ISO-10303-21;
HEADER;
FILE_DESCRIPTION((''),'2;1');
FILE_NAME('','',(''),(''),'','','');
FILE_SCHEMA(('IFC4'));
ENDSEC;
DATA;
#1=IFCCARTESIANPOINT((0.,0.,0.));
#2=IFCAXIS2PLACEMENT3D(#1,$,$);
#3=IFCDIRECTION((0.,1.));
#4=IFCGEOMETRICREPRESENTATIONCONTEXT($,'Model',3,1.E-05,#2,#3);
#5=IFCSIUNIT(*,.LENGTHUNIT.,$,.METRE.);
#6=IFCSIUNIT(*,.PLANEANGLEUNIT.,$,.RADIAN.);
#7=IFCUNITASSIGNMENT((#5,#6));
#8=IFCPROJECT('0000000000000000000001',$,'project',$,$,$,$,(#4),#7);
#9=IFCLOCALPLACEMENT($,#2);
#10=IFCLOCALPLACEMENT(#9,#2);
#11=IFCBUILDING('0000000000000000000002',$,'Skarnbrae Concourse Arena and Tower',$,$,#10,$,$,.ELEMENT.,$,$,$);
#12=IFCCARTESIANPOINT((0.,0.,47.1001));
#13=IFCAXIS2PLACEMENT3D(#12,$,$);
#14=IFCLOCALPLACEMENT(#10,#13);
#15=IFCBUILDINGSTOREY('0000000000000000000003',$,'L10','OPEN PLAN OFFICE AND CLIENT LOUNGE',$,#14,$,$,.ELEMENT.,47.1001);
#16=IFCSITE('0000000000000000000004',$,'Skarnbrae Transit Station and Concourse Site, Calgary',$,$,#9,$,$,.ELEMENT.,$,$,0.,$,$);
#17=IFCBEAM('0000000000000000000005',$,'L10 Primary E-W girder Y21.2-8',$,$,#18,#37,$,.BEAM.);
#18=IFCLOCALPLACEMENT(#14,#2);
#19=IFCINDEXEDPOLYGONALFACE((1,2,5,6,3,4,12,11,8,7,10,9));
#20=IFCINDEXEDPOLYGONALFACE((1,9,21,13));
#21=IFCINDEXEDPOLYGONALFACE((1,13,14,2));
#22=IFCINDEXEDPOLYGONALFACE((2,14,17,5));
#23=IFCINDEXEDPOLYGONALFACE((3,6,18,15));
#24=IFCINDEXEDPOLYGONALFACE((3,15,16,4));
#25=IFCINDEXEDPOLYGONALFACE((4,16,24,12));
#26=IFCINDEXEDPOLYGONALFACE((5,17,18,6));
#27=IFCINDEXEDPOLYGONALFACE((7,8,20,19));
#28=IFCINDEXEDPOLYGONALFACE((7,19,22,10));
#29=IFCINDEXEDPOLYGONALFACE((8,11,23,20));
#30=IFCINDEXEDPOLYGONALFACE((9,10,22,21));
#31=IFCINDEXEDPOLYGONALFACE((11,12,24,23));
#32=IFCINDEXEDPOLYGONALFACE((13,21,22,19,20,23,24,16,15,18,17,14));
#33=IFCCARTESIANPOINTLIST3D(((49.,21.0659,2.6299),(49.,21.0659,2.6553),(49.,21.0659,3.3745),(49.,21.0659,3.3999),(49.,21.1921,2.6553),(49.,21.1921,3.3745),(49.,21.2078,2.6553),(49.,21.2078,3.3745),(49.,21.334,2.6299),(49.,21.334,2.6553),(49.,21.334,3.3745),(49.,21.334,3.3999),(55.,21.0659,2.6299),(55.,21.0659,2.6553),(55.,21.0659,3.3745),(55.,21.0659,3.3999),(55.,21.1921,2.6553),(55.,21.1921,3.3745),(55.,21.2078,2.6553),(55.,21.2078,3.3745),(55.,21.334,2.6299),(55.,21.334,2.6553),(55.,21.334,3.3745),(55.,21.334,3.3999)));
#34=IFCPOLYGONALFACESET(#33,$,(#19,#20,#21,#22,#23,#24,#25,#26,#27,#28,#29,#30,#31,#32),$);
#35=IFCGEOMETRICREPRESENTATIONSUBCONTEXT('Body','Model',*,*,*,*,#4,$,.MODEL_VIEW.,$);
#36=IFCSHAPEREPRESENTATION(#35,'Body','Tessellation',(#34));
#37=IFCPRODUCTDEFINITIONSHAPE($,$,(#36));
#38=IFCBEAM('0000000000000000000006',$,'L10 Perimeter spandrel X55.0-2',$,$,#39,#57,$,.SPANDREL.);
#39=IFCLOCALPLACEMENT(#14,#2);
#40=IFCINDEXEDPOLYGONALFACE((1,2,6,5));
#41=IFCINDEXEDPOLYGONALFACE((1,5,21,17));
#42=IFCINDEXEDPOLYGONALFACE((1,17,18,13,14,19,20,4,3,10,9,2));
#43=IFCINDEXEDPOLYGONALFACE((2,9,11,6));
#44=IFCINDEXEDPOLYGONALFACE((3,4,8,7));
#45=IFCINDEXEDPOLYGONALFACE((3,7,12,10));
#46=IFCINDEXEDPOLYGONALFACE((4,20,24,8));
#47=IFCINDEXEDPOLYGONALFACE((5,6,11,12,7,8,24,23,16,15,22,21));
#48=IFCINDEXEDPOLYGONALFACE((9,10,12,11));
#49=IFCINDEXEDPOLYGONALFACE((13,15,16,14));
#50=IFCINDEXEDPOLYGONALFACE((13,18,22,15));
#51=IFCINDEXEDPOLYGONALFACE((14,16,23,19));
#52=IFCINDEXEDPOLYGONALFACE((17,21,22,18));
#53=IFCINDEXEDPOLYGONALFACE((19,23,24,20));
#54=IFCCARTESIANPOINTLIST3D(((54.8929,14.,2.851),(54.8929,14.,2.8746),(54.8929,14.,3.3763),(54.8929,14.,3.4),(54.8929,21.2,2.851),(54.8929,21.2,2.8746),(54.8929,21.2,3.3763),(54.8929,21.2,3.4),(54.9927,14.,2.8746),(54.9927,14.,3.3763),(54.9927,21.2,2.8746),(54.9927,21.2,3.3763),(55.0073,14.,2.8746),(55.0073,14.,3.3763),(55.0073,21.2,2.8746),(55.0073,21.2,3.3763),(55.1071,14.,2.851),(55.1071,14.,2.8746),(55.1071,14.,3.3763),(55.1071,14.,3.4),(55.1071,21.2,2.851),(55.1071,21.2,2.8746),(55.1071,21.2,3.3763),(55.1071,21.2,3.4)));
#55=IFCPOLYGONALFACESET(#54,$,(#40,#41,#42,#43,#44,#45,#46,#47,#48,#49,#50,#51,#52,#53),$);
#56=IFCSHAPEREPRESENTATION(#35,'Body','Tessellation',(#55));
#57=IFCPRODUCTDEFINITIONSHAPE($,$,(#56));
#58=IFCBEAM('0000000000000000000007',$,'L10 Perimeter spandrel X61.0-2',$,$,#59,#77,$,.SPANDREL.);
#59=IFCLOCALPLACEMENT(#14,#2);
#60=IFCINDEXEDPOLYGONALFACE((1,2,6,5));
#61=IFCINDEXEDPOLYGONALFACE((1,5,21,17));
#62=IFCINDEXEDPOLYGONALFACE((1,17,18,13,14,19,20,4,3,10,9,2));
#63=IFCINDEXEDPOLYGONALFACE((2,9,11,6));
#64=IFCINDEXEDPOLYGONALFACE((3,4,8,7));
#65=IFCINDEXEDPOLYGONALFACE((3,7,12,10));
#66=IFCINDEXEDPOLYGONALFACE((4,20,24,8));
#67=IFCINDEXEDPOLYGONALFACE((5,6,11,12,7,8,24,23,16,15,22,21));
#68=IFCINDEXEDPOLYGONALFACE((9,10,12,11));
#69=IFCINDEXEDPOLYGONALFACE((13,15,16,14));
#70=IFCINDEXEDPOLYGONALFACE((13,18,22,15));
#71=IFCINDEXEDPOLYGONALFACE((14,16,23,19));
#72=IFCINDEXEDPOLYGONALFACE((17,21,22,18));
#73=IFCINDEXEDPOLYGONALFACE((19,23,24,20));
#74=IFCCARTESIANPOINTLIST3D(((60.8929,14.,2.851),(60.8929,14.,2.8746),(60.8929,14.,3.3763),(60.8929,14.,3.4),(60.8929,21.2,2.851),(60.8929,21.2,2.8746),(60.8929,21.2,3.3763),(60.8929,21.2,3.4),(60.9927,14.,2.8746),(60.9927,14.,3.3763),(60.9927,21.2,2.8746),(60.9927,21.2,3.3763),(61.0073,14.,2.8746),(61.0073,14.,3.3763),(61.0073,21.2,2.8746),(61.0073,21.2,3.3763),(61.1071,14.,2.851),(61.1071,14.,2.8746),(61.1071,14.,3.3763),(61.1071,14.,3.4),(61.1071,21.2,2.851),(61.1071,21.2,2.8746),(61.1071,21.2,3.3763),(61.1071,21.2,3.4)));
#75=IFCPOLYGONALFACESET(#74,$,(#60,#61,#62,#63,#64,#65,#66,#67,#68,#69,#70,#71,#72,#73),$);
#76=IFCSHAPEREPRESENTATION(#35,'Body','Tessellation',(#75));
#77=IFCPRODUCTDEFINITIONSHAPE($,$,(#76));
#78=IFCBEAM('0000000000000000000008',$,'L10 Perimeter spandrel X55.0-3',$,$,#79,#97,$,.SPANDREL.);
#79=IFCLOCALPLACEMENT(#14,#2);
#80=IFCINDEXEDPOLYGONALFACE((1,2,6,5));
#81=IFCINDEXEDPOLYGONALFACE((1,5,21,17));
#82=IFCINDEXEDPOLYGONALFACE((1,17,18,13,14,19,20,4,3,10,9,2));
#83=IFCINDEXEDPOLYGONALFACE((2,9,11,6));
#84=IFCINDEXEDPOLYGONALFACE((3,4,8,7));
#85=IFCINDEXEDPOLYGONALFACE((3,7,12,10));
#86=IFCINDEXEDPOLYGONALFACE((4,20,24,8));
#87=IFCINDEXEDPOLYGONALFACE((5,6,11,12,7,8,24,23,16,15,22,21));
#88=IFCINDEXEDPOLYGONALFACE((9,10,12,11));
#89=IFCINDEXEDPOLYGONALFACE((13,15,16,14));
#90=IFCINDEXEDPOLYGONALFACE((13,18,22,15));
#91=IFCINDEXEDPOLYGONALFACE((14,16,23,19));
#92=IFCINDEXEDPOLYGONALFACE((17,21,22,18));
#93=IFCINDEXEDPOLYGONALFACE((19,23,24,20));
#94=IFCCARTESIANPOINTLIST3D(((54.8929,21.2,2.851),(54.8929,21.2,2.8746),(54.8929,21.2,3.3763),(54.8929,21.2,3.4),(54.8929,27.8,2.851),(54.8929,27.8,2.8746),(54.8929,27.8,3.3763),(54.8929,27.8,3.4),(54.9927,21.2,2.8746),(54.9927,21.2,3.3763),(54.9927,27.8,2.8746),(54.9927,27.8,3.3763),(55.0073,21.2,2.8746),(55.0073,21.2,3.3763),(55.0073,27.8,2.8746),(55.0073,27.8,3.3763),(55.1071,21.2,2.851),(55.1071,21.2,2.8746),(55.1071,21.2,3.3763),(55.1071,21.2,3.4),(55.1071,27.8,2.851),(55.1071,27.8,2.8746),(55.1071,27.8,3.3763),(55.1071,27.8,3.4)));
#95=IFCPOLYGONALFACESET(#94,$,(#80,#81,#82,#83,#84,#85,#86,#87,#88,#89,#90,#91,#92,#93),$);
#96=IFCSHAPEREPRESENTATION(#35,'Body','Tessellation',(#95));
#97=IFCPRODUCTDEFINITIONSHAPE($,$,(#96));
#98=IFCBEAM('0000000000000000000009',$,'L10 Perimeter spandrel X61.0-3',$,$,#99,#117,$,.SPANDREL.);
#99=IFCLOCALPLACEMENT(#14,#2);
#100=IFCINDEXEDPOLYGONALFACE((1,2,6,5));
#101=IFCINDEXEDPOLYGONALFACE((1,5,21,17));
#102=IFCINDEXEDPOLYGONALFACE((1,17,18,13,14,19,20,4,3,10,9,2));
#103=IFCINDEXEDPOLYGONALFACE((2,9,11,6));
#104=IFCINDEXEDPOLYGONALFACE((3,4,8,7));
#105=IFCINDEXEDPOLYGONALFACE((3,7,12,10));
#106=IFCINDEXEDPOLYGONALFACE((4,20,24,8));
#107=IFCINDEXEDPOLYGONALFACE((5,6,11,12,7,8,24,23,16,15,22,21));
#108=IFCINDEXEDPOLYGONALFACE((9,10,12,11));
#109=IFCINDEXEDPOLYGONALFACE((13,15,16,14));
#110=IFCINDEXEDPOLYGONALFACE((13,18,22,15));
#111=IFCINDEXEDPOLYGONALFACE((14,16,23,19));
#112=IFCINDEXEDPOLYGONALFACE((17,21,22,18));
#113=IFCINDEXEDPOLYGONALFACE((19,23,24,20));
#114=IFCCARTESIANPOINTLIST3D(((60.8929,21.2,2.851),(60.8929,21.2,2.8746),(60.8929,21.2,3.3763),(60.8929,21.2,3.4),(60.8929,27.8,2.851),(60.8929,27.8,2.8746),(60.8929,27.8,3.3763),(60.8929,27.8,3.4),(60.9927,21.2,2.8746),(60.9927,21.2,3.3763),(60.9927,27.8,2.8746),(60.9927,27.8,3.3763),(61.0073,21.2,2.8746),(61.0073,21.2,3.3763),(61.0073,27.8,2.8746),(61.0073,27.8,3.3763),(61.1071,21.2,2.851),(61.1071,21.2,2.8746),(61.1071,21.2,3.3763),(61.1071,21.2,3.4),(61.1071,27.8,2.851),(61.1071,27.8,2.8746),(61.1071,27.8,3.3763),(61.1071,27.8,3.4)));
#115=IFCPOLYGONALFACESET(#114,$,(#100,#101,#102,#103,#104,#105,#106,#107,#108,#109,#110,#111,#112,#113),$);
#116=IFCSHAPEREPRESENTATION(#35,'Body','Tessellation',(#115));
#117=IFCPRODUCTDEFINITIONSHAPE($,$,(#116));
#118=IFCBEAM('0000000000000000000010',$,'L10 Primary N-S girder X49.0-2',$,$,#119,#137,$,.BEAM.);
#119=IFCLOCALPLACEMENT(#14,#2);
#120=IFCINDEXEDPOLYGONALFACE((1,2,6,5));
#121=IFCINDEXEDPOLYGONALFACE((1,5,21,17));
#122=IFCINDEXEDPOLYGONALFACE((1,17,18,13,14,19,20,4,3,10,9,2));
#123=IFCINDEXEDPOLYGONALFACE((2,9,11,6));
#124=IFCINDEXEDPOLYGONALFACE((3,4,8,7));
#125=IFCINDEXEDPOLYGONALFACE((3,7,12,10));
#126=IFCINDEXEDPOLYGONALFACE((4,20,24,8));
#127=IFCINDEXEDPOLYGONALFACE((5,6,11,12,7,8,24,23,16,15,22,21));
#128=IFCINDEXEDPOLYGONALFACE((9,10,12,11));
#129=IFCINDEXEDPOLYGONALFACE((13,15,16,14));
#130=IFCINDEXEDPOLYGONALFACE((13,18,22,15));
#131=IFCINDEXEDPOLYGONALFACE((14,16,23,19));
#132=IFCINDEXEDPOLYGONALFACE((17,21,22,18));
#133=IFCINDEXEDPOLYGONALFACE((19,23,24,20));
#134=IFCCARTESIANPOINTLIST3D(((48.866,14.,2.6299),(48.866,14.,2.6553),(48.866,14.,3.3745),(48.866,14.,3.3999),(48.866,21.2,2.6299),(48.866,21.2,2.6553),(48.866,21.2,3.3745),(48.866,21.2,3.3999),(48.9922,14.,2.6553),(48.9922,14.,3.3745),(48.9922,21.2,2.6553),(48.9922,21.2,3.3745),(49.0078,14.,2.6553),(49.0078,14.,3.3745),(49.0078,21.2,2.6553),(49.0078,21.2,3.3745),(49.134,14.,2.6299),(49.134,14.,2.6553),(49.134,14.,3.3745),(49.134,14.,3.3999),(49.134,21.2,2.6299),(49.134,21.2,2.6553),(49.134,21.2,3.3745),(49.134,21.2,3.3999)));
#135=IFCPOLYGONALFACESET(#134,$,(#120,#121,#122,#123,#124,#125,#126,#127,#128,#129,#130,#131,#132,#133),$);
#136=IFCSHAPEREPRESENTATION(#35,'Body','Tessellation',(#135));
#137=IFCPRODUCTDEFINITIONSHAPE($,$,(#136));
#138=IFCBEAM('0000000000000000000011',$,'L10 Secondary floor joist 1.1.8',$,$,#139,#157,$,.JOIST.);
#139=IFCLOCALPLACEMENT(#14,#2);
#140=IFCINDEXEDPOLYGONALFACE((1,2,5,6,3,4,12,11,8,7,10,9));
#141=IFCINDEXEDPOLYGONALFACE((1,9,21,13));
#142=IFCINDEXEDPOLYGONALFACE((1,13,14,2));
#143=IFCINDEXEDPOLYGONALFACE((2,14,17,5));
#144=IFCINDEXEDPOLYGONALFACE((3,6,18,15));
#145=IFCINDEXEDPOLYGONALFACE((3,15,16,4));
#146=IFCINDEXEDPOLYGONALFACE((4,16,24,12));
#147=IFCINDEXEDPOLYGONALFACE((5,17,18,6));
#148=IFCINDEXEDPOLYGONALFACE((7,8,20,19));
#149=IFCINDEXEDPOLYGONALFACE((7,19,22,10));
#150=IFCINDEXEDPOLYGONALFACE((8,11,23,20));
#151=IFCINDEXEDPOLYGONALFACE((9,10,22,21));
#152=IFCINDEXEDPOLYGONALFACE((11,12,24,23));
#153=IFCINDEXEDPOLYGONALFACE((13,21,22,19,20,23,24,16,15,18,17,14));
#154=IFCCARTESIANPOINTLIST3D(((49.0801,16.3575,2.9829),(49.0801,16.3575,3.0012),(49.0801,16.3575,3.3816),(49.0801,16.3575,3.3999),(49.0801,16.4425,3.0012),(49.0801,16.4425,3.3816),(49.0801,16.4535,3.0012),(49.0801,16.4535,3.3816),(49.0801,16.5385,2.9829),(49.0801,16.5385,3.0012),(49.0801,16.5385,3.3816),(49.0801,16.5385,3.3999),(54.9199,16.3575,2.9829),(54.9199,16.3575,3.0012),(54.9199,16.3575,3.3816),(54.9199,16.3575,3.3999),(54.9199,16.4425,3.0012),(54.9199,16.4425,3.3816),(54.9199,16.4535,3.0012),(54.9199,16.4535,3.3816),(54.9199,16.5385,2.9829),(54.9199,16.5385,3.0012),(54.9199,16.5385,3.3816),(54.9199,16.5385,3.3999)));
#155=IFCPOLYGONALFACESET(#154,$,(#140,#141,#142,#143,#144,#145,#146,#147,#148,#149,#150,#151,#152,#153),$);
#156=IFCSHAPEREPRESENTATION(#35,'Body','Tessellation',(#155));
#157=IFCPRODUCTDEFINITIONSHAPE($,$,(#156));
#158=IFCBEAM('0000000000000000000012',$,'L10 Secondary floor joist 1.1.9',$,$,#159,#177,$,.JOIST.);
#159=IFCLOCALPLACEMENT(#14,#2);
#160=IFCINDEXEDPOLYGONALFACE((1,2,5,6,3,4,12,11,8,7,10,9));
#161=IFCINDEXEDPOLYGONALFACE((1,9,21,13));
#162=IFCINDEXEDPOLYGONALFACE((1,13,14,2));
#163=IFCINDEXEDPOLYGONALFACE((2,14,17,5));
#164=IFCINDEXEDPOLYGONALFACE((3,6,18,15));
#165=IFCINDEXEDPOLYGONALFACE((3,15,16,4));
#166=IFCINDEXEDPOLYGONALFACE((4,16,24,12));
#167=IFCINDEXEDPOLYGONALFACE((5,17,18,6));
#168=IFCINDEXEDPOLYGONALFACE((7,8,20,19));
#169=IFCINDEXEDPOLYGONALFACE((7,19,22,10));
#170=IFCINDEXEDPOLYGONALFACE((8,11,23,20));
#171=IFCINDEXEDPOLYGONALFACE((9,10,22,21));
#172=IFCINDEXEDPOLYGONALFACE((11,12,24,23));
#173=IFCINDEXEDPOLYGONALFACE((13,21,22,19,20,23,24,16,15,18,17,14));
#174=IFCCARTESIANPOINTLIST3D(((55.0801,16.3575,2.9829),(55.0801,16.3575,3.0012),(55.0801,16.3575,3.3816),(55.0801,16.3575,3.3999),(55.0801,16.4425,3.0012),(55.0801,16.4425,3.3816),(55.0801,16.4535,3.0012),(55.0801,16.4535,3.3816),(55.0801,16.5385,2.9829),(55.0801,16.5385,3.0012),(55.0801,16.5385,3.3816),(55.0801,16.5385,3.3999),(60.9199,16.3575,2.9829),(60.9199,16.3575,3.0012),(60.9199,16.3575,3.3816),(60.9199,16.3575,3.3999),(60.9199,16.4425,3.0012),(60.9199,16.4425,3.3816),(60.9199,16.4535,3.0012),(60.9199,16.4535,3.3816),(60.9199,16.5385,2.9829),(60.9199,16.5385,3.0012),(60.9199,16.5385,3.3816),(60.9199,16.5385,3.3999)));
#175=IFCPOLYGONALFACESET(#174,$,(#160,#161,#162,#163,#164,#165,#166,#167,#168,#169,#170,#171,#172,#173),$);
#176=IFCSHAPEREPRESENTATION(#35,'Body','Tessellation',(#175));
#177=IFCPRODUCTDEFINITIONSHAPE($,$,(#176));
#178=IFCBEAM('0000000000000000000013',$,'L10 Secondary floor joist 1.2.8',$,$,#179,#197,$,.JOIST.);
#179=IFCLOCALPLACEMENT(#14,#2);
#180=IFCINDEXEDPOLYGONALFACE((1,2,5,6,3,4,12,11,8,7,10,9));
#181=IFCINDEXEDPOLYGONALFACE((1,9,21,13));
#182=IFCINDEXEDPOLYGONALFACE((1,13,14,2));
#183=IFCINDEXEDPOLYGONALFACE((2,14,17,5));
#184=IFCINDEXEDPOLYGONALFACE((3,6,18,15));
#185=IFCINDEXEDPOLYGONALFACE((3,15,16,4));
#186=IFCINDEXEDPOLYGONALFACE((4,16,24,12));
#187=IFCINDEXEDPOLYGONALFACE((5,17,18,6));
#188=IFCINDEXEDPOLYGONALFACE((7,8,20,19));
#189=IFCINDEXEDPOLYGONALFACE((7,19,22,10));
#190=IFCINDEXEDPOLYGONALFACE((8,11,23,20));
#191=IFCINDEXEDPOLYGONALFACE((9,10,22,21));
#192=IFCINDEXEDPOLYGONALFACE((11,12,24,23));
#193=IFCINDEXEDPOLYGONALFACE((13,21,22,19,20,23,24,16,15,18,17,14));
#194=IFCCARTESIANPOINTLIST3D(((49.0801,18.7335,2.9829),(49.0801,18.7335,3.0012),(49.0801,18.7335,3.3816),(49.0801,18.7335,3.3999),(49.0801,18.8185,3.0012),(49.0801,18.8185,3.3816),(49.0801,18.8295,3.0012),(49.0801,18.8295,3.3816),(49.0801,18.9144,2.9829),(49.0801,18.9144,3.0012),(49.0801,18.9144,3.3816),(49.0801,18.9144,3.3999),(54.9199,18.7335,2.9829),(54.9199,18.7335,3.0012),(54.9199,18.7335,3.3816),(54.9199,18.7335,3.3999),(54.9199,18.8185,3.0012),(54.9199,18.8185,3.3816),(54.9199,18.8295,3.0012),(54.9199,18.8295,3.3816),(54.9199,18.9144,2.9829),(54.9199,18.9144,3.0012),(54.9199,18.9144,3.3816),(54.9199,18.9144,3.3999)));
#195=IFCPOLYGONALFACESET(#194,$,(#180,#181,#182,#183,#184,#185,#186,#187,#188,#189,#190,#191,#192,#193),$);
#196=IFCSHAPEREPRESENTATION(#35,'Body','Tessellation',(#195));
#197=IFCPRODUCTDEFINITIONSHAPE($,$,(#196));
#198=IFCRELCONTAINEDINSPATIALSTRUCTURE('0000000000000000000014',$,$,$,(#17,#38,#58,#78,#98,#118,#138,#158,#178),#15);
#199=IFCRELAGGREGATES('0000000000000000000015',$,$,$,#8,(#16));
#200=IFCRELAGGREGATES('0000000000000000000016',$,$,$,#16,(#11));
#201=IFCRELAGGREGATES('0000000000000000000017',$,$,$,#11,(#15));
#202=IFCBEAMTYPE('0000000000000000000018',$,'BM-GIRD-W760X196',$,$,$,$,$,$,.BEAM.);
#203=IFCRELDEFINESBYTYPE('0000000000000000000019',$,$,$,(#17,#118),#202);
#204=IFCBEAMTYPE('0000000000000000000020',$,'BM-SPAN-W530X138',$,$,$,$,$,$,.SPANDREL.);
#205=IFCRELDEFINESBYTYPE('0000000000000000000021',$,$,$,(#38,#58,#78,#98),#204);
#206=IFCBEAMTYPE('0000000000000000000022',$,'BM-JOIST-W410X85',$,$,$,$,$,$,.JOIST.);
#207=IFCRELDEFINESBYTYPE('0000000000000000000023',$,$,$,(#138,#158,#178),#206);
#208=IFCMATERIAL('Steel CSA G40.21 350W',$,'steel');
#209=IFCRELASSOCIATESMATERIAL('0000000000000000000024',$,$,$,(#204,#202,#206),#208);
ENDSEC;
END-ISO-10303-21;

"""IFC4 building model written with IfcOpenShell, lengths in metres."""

from ifc_helpers import new_model, si_unit, direction, frame, origin, origin_2d, place, context, subcontext, project, spatial, i_section, extrude, source, transform, mapped, material, material_profile, profile_set, type_object, element, save


model = new_model("IFC4")

# Units and contexts
model_context = context("Model", 3, precision=1e-05, world=origin(), true_north=direction((0.0, 1.0)))
body_context = subcontext(model_context, "Body", "Model", "MODEL_VIEW")
ifc_project = project(units=[si_unit("LENGTHUNIT", "METRE"), si_unit("PLANEANGLEUNIT", "RADIAN")], contexts=[model_context])

# Site, building, storey
site_placement = place(None, origin())
site = spatial("IfcSite", under=ifc_project, at=site_placement, Name="Skarnbrae Transit Station and Concourse Site, Calgary", CompositionType="ELEMENT", RefElevation=0.0)
building_placement = place(site_placement, origin())
building = spatial("IfcBuilding", under=site, at=building_placement, Name="Skarnbrae Concourse Arena and Tower", CompositionType="ELEMENT")
storey_placement = place(building_placement, frame((0.0, 0.0, 47.1001)))
storey = spatial("IfcBuildingStorey", under=building, at=storey_placement, Name="L10", Description="OPEN PLAN OFFICE AND CLIENT LOUNGE", CompositionType="ELEMENT", Elevation=47.1001)

# Shared definitions
ifc_material_1 = material(Name="Steel CSA G40.21 350W", Category="steel")

# Beams
ifc_material_profile_1 = material_profile(ifc_material_1, i_section(OverallWidth=0.2141, OverallDepth=0.5491, WebThickness=0.0146, FlangeThickness=0.0237, at=origin_2d()), Name="W530X138")
ifc_profile_set_1 = profile_set([ifc_material_profile_1], Name="Steel CSA G40.21 350W")
beam_type_1 = type_object("IfcBeamType", Name="BM-SPAN-W530X138", PredefinedType="SPANDREL", material=ifc_profile_set_1)
ifc_material_profile_2 = material_profile(ifc_material_1, i_section(OverallWidth=0.2681, OverallDepth=0.77, WebThickness=0.0156, FlangeThickness=0.0254, at=origin_2d()), Name="W760X196")
ifc_profile_set_2 = profile_set([ifc_material_profile_2], Name="Steel CSA G40.21 350W")
beam_type_2 = type_object("IfcBeamType", Name="BM-GIRD-W760X196", PredefinedType="BEAM", material=ifc_profile_set_2)
shared_shape_1 = source(origin(), body_context, "Body", "SweptSolid", [
    extrude(i_section(OverallWidth=0.2681, OverallDepth=0.77, WebThickness=0.0156, FlangeThickness=0.0254, at=origin_2d()), origin(), (0.0, 0.0, 1.0), 6.0),
])
beam_1_placement = place(storey_placement, frame((49.0, 21.2, 3.0149), z_axis=(1.0, 0.0, 0.0), x_axis=(0.0, 1.0, 0.0)))
element("IfcBeam", 1, at=beam_1_placement, inside=storey, type_object=beam_type_2, Name="L10 Primary E-W girder Y21.2-8", PredefinedType="BEAM", context=body_context, shape_type="MappedRepresentation", body=[
    mapped(shared_shape_1, transform((0.0, 0.0, 0.0))),
])
shared_shape_2 = source(origin(), body_context, "Body", "SweptSolid", [
    extrude(i_section(OverallWidth=0.2141, OverallDepth=0.5491, WebThickness=0.0146, FlangeThickness=0.0237, at=origin_2d()), origin(), (0.0, 0.0, 1.0), 7.2),
])
for number, where, z_axis, x_axis, name in (
    (2, (55.0, 14.0, 3.1255), (0.0, 1.0, 0.0), (-1.0, 0.0, 0.0), "L10 Perimeter spandrel X55.0-2"),
    (3, (61.0, 14.0, 3.1255), (0.0, 1.0, 0.0), (-1.0, 0.0, 0.0), "L10 Perimeter spandrel X61.0-2"),
):
    element("IfcBeam", number, at=place(storey_placement, frame(where, z_axis=z_axis, x_axis=x_axis)), inside=storey, type_object=beam_type_1, Name=name, PredefinedType="SPANDREL", context=body_context, shape_type="MappedRepresentation", body=[
        mapped(shared_shape_2, transform((0.0, 0.0, 0.0))),
    ])
shared_shape_3 = source(origin(), body_context, "Body", "SweptSolid", [
    extrude(i_section(OverallWidth=0.2141, OverallDepth=0.5491, WebThickness=0.0146, FlangeThickness=0.0237, at=origin_2d()), origin(), (0.0, 0.0, 1.0), 6.6001),
])
for number, where, z_axis, x_axis, name in (
    (4, (55.0, 21.2, 3.1255), (0.0, 1.0, 0.0), (-1.0, 0.0, 0.0), "L10 Perimeter spandrel X55.0-3"),
    (5, (61.0, 21.2, 3.1255), (0.0, 1.0, 0.0), (-1.0, 0.0, 0.0), "L10 Perimeter spandrel X61.0-3"),
):
    element("IfcBeam", number, at=place(storey_placement, frame(where, z_axis=z_axis, x_axis=x_axis)), inside=storey, type_object=beam_type_1, Name=name, PredefinedType="SPANDREL", context=body_context, shape_type="MappedRepresentation", body=[
        mapped(shared_shape_3, transform((0.0, 0.0, 0.0))),
    ])
shared_shape_4 = source(origin(), body_context, "Body", "SweptSolid", [
    extrude(i_section(OverallWidth=0.2681, OverallDepth=0.77, WebThickness=0.0156, FlangeThickness=0.0254, at=origin_2d()), origin(), (0.0, 0.0, 1.0), 7.2),
])
beam_2_placement = place(storey_placement, frame((49.0, 14.0, 3.0149), z_axis=(0.0, 1.0, 0.0), x_axis=(-1.0, 0.0, 0.0)))
element("IfcBeam", 6, at=beam_2_placement, inside=storey, type_object=beam_type_2, Name="L10 Primary N-S girder X49.0-2", PredefinedType="BEAM", context=body_context, shape_type="MappedRepresentation", body=[
    mapped(shared_shape_4, transform((0.0, 0.0, 0.0))),
])
ifc_material_profile_3 = material_profile(ifc_material_1, i_section(OverallWidth=0.1809, OverallDepth=0.417, WebThickness=0.011, FlangeThickness=0.0183, at=origin_2d()), Name="W410X85")
ifc_profile_set_3 = profile_set([ifc_material_profile_3], Name="Steel CSA G40.21 350W")
beam_type_3 = type_object("IfcBeamType", Name="BM-JOIST-W410X85", PredefinedType="JOIST", material=ifc_profile_set_3)
shared_shape_5 = source(origin(), body_context, "Body", "SweptSolid", [
    extrude(i_section(OverallWidth=0.1809, OverallDepth=0.417, WebThickness=0.011, FlangeThickness=0.0183, at=origin_2d()), origin(), (0.0, 0.0, 1.0), 5.8398),
])
for number, where, z_axis, x_axis, name in (
    (7, (49.0801, 16.448, 3.1914), (1.0, 0.0, 0.0), (0.0, 1.0, 0.0), "L10 Secondary floor joist 1.1.8"),
    (8, (55.0801, 16.448, 3.1914), (1.0, 0.0, 0.0), (0.0, 1.0, 0.0), "L10 Secondary floor joist 1.1.9"),
    (9, (49.0801, 18.824, 3.1914), (1.0, 0.0, 0.0), (0.0, 1.0, 0.0), "L10 Secondary floor joist 1.2.8"),
):
    element("IfcBeam", number, at=place(storey_placement, frame(where, z_axis=z_axis, x_axis=x_axis)), inside=storey, type_object=beam_type_3, Name=name, PredefinedType="JOIST", context=body_context, shape_type="MappedRepresentation", body=[
        mapped(shared_shape_5, transform((0.0, 0.0, 0.0))),
    ])

save(model, "model.ifc")
